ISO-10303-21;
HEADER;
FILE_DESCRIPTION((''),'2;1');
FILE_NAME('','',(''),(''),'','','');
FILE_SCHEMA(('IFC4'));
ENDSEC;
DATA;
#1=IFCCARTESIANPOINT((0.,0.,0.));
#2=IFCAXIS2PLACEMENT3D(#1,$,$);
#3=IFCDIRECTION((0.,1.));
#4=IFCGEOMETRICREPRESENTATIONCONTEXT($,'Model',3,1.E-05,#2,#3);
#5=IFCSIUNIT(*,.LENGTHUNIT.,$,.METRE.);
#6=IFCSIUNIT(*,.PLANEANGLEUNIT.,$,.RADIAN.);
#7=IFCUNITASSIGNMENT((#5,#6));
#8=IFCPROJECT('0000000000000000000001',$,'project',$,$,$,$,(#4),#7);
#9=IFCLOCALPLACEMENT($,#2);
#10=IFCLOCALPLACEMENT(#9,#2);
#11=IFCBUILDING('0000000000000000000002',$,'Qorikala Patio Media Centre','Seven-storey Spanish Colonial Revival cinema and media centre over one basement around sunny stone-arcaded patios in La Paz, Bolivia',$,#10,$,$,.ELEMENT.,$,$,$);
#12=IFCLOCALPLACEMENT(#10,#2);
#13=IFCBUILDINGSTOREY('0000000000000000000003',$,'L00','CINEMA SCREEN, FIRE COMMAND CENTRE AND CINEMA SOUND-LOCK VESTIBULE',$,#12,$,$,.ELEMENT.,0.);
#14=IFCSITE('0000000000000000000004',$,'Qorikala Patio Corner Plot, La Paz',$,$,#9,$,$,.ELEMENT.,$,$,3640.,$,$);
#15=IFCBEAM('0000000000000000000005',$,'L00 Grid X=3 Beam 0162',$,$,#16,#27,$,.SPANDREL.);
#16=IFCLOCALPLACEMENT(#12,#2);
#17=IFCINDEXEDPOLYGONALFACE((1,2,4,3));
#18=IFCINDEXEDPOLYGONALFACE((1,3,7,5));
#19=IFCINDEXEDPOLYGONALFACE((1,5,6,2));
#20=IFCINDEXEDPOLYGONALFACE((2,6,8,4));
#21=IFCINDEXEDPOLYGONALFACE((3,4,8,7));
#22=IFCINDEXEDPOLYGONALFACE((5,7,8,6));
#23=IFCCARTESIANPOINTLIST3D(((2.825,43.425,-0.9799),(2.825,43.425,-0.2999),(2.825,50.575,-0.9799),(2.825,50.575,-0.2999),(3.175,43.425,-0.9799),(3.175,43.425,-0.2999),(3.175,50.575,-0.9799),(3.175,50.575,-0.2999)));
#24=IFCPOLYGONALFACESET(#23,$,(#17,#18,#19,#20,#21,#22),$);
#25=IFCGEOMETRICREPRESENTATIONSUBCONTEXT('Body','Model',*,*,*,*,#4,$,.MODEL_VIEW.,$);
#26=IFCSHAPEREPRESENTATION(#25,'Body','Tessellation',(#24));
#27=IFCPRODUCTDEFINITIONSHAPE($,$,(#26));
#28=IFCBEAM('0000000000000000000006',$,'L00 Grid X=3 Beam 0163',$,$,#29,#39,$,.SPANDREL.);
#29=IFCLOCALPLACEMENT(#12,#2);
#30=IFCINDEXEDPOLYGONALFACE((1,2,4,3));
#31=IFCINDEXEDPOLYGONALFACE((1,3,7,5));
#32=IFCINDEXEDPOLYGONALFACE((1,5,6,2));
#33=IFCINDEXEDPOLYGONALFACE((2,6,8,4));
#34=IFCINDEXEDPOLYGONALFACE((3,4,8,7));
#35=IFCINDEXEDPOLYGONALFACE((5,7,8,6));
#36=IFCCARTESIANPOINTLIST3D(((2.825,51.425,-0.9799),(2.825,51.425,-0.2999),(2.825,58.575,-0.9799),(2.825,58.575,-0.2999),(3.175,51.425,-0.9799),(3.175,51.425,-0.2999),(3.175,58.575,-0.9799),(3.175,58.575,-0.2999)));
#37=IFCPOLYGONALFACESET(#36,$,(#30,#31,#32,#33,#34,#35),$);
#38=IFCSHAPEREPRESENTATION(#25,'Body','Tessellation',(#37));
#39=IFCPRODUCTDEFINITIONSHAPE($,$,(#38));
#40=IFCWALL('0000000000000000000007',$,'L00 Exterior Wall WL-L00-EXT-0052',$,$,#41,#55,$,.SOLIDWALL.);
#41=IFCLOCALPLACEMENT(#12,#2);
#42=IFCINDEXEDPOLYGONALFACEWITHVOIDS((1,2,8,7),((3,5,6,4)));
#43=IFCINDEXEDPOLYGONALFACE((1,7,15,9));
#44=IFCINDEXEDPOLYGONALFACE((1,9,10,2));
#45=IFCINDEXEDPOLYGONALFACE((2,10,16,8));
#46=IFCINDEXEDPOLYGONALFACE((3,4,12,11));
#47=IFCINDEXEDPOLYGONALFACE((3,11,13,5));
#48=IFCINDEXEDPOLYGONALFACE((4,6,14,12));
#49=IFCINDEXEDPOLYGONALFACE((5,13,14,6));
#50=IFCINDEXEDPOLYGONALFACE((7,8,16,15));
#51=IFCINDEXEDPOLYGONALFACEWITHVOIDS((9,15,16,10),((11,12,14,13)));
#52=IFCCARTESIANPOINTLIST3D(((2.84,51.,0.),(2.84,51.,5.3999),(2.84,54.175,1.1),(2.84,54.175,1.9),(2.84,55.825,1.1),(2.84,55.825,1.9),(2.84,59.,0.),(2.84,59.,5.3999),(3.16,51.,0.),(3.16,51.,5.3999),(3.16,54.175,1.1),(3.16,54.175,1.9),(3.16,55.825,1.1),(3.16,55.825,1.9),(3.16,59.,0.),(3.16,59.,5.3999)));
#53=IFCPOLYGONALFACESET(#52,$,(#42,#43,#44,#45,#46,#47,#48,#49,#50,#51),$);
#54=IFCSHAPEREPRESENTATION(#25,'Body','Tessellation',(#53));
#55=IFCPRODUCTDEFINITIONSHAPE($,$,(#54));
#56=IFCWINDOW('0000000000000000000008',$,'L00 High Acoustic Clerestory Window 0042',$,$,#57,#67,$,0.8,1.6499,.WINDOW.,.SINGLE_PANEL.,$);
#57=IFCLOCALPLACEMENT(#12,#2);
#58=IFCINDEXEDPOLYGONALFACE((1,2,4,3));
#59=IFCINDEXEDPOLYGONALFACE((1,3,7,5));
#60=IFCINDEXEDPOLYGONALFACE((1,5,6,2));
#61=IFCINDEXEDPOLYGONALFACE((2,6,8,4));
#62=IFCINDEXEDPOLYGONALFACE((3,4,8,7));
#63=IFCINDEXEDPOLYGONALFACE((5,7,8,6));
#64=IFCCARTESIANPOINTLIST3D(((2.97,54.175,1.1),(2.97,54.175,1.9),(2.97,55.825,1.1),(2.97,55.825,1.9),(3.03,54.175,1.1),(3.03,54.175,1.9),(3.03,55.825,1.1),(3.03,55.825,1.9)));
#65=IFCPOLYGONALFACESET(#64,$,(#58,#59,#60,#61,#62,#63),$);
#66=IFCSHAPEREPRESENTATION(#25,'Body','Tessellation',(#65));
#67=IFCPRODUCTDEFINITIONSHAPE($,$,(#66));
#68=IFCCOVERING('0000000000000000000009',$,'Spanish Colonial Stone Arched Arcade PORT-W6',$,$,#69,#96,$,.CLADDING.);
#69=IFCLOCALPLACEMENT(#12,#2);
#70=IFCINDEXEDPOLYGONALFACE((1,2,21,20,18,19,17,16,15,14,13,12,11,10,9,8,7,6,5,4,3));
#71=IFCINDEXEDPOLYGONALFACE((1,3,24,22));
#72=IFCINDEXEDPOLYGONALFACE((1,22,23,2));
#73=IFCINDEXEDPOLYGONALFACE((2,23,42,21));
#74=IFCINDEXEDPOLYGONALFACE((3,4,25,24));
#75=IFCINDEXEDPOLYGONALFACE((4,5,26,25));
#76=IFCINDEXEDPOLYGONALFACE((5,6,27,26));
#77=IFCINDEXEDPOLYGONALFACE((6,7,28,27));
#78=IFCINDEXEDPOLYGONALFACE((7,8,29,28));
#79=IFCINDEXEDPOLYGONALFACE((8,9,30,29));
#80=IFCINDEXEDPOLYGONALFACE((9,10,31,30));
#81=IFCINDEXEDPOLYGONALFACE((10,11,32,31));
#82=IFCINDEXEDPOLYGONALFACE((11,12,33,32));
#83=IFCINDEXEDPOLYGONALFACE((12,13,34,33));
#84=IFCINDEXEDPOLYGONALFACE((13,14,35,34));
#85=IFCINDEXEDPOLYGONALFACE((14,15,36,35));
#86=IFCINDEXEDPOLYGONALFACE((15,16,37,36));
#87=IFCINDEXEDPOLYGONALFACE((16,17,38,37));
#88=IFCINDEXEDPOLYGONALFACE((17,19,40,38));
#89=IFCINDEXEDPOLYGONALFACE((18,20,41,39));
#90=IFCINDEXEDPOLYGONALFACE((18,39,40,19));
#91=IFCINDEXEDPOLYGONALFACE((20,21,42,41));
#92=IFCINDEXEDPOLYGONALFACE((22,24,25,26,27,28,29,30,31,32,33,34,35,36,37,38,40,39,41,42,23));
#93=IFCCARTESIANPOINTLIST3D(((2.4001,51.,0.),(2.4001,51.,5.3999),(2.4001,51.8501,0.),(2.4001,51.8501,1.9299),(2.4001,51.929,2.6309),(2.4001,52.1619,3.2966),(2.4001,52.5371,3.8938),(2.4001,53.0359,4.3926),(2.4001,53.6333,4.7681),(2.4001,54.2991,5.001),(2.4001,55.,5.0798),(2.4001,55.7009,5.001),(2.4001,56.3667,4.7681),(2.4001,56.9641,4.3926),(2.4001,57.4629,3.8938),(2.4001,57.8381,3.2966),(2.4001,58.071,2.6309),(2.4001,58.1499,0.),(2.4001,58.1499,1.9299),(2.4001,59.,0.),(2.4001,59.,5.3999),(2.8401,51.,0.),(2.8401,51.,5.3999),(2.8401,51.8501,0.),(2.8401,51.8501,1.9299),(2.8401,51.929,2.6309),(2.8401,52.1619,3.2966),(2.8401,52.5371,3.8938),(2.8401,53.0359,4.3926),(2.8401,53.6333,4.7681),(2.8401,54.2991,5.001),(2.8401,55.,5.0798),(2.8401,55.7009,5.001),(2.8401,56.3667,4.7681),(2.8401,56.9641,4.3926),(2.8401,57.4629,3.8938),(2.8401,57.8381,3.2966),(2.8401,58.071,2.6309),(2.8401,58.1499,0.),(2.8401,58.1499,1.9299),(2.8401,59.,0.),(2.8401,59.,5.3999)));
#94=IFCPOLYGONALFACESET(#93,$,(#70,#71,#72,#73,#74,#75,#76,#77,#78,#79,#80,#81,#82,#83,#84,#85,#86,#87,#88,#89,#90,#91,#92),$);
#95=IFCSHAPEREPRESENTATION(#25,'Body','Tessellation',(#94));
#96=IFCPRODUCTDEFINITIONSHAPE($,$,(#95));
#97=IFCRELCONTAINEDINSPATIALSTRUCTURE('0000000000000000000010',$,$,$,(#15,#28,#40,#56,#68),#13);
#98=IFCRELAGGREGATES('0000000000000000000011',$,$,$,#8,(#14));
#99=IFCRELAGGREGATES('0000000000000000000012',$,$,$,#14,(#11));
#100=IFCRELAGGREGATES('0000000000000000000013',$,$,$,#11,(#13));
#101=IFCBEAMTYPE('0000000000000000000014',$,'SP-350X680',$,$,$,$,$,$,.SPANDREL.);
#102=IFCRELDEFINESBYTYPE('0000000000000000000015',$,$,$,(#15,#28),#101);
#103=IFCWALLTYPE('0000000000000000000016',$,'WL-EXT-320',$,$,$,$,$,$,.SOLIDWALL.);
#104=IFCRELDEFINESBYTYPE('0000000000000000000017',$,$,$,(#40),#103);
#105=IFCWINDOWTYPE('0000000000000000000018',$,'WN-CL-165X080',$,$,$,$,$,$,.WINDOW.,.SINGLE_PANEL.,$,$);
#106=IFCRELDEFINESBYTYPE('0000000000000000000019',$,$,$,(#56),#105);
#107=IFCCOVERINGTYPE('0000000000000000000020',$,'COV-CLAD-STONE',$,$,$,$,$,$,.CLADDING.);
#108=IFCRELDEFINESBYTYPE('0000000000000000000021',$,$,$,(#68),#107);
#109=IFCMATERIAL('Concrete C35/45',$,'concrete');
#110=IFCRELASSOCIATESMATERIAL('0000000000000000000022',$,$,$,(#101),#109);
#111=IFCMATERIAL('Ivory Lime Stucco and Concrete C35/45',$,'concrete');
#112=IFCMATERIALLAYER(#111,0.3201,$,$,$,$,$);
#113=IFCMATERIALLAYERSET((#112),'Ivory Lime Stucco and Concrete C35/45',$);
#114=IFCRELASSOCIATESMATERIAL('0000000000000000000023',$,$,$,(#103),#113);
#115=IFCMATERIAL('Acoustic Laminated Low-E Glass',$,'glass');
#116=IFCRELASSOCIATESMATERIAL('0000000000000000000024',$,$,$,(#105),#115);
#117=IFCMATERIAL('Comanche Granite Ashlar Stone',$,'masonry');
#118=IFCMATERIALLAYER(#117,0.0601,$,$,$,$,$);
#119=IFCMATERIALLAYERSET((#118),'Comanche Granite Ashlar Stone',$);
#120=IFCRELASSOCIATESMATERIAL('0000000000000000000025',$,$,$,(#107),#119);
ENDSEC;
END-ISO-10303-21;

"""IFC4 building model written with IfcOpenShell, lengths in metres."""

from ifc_helpers import new_model, si_unit, direction, frame, frame_2d, origin, origin_2d, place, context, subcontext, project, spatial, polyline, rectangle, outline, extrude, material, layer, layer_set, material_profile, profile_set, type_object, element, fill, save


model = new_model("IFC4")

# Units and contexts
model_context = context("Model", 3, precision=1e-05, world=origin(), true_north=direction((0.0, 1.0)))
body_context = subcontext(model_context, "Body", "Model", "MODEL_VIEW")
ifc_project = project(units=[si_unit("LENGTHUNIT", "METRE"), si_unit("PLANEANGLEUNIT", "RADIAN")], contexts=[model_context])

# Site, building, storey
site_placement = place(None, origin())
site = spatial("IfcSite", under=ifc_project, at=site_placement, Name="Qorikala Patio Corner Plot, La Paz", CompositionType="ELEMENT", RefElevation=3640.0)
building_placement = place(site_placement, origin())
building = spatial("IfcBuilding", under=site, at=building_placement, Name="Qorikala Patio Media Centre", Description="Seven-storey Spanish Colonial Revival cinema and media centre over one basement around sunny stone-arcaded patios in La Paz, Bolivia", CompositionType="ELEMENT")
storey_placement = place(building_placement, origin())
storey = spatial("IfcBuildingStorey", under=building, at=storey_placement, Name="L00", Description="CINEMA SCREEN, FIRE COMMAND CENTRE AND CINEMA SOUND-LOCK VESTIBULE", CompositionType="ELEMENT", Elevation=0.0)

# Shared definitions
ifc_material_1 = material(Name="Concrete C35/45", Category="concrete")

# Beams
ifc_material_profile_1 = material_profile(ifc_material_1, rectangle(XDim=0.3501, YDim=0.6799, at=origin_2d()), Name="RC 350x680")
ifc_profile_set_1 = profile_set([ifc_material_profile_1], Name="Concrete C35/45")
beam_type_1 = type_object("IfcBeamType", Name="SP-350X680", PredefinedType="SPANDREL", material=ifc_profile_set_1)
for number, where, z_axis, x_axis, name in (
    (1, (3.0, 43.425, -0.6399), (0.0, 1.0, 0.0), (-1.0, 0.0, 0.0), "L00 Grid X=3 Beam 0162"),
    (2, (3.0, 51.425, -0.6399), (0.0, 1.0, 0.0), (-1.0, 0.0, 0.0), "L00 Grid X=3 Beam 0163"),
):
    element("IfcBeam", number, at=place(storey_placement, frame(where, z_axis=z_axis, x_axis=x_axis)), inside=storey, type_object=beam_type_1, Name=name, PredefinedType="SPANDREL", context=body_context, shape_type="SweptSolid", body=[
        extrude(rectangle(XDim=0.3501, YDim=0.6799, at=origin_2d()), origin(), (0.0, 0.0, 1.0), 7.1499),
    ])

# Wall, opening, window
ifc_material_2 = material(Name="Ivory Lime Stucco and Concrete C35/45", Category="concrete")
ifc_layer_1 = layer(ifc_material_2, 0.3201)
ifc_layer_set_1 = layer_set([ifc_layer_1], Name="Ivory Lime Stucco and Concrete C35/45")
wall_type = type_object("IfcWallType", Name="WL-EXT-320", PredefinedType="SOLIDWALL", material=ifc_layer_set_1)
wall_placement = place(storey_placement, frame((3.0, 51.0, 0.0), z_axis=(0.0, 0.0, 1.0), x_axis=(0.0, 1.0, 0.0)))
wall = element("IfcWall", 3, at=wall_placement, inside=storey, type_object=wall_type, Name="L00 Exterior Wall WL-L00-EXT-0052", PredefinedType="SOLIDWALL", context=body_context, shape_type="SweptSolid", body=[
    extrude(rectangle(XDim=8.0, YDim=0.3201, at=frame_2d((4.0, 0.0))), origin(), (0.0, 0.0, 1.0), 5.3999),
])
opening_placement = place(wall_placement, frame((3.175, 0.0, 1.1001)))
opening = element("IfcOpeningElement", 4, at=opening_placement, cuts=wall, PredefinedType="OPENING", context=body_context, shape_type="SweptSolid", body=[
    extrude(rectangle(XDim=1.6499, YDim=0.8, at=frame_2d((0.825, 0.3999))), frame((0.0, 0.1699, 0.0), z_axis=(0.0, -1.0, 0.0), x_axis=(1.0, 0.0, 0.0)), (0.0, 0.0, 1.0), 0.3401),
])
ifc_material_3 = material(Name="Acoustic Laminated Low-E Glass", Category="glass")
window_type = type_object("IfcWindowType", Name="WN-CL-165X080", PartitioningType="SINGLE_PANEL", PredefinedType="WINDOW", material=ifc_material_3)
window_placement = place(opening_placement, origin())
window = element("IfcWindow", 5, at=window_placement, inside=storey, type_object=window_type, Name="L00 High Acoustic Clerestory Window 0042", OverallHeight=0.8, OverallWidth=1.6499, PartitioningType="SINGLE_PANEL", PredefinedType="WINDOW", context=body_context, shape_type="SweptSolid", body=[
    extrude(rectangle(XDim=1.6499, YDim=0.8, at=frame_2d((0.825, 0.3999))), frame((0.0, 0.03, 0.0), z_axis=(0.0, -1.0, 0.0), x_axis=(1.0, 0.0, 0.0)), (0.0, 0.0, 1.0), 0.0601),
])
fill(opening, window)

# Covering
ifc_material_4 = material(Name="Comanche Granite Ashlar Stone", Category="masonry")
ifc_layer_2 = layer(ifc_material_4, 0.0601)
ifc_layer_set_2 = layer_set([ifc_layer_2], Name="Comanche Granite Ashlar Stone")
covering_type = type_object("IfcCoveringType", Name="COV-CLAD-STONE", PredefinedType="CLADDING", material=ifc_layer_set_2)
covering_placement = place(storey_placement, frame((2.6201, 51.0, 0.0), z_axis=(0.0, 0.0, 1.0), x_axis=(0.0, 1.0, 0.0)))
element("IfcCovering", 6, at=covering_placement, inside=storey, type_object=covering_type, Name="Spanish Colonial Stone Arched Arcade PORT-W6", PredefinedType="CLADDING", context=body_context, shape_type="SweptSolid", body=[
    extrude(outline(polyline([(0.0, 0.0), (0.8501, 0.0), (0.8501, 1.9299), (0.929, 2.6309), (1.1619, 3.2966), (1.5371, 3.8938), (2.0359, 4.3926), (2.6333, 4.7681), (3.2991, 5.001), (4.0, 5.0798), (4.7009, 5.001), (5.3667, 4.7681), (5.9641, 4.3926), (6.4629, 3.8938), (6.8381, 3.2966), (7.071, 2.6309), (7.1499, 1.9299), (7.1499, 0.0), (8.0, 0.0), (8.0, 5.3999), (0.0, 5.3999), (0.0, 0.0)])), frame((0.0, 0.22, 0.0), z_axis=(0.0, -1.0, 0.0), x_axis=(1.0, 0.0, 0.0)), (0.0, 0.0, 1.0), 0.4399),
])

save(model, "model.ifc")
